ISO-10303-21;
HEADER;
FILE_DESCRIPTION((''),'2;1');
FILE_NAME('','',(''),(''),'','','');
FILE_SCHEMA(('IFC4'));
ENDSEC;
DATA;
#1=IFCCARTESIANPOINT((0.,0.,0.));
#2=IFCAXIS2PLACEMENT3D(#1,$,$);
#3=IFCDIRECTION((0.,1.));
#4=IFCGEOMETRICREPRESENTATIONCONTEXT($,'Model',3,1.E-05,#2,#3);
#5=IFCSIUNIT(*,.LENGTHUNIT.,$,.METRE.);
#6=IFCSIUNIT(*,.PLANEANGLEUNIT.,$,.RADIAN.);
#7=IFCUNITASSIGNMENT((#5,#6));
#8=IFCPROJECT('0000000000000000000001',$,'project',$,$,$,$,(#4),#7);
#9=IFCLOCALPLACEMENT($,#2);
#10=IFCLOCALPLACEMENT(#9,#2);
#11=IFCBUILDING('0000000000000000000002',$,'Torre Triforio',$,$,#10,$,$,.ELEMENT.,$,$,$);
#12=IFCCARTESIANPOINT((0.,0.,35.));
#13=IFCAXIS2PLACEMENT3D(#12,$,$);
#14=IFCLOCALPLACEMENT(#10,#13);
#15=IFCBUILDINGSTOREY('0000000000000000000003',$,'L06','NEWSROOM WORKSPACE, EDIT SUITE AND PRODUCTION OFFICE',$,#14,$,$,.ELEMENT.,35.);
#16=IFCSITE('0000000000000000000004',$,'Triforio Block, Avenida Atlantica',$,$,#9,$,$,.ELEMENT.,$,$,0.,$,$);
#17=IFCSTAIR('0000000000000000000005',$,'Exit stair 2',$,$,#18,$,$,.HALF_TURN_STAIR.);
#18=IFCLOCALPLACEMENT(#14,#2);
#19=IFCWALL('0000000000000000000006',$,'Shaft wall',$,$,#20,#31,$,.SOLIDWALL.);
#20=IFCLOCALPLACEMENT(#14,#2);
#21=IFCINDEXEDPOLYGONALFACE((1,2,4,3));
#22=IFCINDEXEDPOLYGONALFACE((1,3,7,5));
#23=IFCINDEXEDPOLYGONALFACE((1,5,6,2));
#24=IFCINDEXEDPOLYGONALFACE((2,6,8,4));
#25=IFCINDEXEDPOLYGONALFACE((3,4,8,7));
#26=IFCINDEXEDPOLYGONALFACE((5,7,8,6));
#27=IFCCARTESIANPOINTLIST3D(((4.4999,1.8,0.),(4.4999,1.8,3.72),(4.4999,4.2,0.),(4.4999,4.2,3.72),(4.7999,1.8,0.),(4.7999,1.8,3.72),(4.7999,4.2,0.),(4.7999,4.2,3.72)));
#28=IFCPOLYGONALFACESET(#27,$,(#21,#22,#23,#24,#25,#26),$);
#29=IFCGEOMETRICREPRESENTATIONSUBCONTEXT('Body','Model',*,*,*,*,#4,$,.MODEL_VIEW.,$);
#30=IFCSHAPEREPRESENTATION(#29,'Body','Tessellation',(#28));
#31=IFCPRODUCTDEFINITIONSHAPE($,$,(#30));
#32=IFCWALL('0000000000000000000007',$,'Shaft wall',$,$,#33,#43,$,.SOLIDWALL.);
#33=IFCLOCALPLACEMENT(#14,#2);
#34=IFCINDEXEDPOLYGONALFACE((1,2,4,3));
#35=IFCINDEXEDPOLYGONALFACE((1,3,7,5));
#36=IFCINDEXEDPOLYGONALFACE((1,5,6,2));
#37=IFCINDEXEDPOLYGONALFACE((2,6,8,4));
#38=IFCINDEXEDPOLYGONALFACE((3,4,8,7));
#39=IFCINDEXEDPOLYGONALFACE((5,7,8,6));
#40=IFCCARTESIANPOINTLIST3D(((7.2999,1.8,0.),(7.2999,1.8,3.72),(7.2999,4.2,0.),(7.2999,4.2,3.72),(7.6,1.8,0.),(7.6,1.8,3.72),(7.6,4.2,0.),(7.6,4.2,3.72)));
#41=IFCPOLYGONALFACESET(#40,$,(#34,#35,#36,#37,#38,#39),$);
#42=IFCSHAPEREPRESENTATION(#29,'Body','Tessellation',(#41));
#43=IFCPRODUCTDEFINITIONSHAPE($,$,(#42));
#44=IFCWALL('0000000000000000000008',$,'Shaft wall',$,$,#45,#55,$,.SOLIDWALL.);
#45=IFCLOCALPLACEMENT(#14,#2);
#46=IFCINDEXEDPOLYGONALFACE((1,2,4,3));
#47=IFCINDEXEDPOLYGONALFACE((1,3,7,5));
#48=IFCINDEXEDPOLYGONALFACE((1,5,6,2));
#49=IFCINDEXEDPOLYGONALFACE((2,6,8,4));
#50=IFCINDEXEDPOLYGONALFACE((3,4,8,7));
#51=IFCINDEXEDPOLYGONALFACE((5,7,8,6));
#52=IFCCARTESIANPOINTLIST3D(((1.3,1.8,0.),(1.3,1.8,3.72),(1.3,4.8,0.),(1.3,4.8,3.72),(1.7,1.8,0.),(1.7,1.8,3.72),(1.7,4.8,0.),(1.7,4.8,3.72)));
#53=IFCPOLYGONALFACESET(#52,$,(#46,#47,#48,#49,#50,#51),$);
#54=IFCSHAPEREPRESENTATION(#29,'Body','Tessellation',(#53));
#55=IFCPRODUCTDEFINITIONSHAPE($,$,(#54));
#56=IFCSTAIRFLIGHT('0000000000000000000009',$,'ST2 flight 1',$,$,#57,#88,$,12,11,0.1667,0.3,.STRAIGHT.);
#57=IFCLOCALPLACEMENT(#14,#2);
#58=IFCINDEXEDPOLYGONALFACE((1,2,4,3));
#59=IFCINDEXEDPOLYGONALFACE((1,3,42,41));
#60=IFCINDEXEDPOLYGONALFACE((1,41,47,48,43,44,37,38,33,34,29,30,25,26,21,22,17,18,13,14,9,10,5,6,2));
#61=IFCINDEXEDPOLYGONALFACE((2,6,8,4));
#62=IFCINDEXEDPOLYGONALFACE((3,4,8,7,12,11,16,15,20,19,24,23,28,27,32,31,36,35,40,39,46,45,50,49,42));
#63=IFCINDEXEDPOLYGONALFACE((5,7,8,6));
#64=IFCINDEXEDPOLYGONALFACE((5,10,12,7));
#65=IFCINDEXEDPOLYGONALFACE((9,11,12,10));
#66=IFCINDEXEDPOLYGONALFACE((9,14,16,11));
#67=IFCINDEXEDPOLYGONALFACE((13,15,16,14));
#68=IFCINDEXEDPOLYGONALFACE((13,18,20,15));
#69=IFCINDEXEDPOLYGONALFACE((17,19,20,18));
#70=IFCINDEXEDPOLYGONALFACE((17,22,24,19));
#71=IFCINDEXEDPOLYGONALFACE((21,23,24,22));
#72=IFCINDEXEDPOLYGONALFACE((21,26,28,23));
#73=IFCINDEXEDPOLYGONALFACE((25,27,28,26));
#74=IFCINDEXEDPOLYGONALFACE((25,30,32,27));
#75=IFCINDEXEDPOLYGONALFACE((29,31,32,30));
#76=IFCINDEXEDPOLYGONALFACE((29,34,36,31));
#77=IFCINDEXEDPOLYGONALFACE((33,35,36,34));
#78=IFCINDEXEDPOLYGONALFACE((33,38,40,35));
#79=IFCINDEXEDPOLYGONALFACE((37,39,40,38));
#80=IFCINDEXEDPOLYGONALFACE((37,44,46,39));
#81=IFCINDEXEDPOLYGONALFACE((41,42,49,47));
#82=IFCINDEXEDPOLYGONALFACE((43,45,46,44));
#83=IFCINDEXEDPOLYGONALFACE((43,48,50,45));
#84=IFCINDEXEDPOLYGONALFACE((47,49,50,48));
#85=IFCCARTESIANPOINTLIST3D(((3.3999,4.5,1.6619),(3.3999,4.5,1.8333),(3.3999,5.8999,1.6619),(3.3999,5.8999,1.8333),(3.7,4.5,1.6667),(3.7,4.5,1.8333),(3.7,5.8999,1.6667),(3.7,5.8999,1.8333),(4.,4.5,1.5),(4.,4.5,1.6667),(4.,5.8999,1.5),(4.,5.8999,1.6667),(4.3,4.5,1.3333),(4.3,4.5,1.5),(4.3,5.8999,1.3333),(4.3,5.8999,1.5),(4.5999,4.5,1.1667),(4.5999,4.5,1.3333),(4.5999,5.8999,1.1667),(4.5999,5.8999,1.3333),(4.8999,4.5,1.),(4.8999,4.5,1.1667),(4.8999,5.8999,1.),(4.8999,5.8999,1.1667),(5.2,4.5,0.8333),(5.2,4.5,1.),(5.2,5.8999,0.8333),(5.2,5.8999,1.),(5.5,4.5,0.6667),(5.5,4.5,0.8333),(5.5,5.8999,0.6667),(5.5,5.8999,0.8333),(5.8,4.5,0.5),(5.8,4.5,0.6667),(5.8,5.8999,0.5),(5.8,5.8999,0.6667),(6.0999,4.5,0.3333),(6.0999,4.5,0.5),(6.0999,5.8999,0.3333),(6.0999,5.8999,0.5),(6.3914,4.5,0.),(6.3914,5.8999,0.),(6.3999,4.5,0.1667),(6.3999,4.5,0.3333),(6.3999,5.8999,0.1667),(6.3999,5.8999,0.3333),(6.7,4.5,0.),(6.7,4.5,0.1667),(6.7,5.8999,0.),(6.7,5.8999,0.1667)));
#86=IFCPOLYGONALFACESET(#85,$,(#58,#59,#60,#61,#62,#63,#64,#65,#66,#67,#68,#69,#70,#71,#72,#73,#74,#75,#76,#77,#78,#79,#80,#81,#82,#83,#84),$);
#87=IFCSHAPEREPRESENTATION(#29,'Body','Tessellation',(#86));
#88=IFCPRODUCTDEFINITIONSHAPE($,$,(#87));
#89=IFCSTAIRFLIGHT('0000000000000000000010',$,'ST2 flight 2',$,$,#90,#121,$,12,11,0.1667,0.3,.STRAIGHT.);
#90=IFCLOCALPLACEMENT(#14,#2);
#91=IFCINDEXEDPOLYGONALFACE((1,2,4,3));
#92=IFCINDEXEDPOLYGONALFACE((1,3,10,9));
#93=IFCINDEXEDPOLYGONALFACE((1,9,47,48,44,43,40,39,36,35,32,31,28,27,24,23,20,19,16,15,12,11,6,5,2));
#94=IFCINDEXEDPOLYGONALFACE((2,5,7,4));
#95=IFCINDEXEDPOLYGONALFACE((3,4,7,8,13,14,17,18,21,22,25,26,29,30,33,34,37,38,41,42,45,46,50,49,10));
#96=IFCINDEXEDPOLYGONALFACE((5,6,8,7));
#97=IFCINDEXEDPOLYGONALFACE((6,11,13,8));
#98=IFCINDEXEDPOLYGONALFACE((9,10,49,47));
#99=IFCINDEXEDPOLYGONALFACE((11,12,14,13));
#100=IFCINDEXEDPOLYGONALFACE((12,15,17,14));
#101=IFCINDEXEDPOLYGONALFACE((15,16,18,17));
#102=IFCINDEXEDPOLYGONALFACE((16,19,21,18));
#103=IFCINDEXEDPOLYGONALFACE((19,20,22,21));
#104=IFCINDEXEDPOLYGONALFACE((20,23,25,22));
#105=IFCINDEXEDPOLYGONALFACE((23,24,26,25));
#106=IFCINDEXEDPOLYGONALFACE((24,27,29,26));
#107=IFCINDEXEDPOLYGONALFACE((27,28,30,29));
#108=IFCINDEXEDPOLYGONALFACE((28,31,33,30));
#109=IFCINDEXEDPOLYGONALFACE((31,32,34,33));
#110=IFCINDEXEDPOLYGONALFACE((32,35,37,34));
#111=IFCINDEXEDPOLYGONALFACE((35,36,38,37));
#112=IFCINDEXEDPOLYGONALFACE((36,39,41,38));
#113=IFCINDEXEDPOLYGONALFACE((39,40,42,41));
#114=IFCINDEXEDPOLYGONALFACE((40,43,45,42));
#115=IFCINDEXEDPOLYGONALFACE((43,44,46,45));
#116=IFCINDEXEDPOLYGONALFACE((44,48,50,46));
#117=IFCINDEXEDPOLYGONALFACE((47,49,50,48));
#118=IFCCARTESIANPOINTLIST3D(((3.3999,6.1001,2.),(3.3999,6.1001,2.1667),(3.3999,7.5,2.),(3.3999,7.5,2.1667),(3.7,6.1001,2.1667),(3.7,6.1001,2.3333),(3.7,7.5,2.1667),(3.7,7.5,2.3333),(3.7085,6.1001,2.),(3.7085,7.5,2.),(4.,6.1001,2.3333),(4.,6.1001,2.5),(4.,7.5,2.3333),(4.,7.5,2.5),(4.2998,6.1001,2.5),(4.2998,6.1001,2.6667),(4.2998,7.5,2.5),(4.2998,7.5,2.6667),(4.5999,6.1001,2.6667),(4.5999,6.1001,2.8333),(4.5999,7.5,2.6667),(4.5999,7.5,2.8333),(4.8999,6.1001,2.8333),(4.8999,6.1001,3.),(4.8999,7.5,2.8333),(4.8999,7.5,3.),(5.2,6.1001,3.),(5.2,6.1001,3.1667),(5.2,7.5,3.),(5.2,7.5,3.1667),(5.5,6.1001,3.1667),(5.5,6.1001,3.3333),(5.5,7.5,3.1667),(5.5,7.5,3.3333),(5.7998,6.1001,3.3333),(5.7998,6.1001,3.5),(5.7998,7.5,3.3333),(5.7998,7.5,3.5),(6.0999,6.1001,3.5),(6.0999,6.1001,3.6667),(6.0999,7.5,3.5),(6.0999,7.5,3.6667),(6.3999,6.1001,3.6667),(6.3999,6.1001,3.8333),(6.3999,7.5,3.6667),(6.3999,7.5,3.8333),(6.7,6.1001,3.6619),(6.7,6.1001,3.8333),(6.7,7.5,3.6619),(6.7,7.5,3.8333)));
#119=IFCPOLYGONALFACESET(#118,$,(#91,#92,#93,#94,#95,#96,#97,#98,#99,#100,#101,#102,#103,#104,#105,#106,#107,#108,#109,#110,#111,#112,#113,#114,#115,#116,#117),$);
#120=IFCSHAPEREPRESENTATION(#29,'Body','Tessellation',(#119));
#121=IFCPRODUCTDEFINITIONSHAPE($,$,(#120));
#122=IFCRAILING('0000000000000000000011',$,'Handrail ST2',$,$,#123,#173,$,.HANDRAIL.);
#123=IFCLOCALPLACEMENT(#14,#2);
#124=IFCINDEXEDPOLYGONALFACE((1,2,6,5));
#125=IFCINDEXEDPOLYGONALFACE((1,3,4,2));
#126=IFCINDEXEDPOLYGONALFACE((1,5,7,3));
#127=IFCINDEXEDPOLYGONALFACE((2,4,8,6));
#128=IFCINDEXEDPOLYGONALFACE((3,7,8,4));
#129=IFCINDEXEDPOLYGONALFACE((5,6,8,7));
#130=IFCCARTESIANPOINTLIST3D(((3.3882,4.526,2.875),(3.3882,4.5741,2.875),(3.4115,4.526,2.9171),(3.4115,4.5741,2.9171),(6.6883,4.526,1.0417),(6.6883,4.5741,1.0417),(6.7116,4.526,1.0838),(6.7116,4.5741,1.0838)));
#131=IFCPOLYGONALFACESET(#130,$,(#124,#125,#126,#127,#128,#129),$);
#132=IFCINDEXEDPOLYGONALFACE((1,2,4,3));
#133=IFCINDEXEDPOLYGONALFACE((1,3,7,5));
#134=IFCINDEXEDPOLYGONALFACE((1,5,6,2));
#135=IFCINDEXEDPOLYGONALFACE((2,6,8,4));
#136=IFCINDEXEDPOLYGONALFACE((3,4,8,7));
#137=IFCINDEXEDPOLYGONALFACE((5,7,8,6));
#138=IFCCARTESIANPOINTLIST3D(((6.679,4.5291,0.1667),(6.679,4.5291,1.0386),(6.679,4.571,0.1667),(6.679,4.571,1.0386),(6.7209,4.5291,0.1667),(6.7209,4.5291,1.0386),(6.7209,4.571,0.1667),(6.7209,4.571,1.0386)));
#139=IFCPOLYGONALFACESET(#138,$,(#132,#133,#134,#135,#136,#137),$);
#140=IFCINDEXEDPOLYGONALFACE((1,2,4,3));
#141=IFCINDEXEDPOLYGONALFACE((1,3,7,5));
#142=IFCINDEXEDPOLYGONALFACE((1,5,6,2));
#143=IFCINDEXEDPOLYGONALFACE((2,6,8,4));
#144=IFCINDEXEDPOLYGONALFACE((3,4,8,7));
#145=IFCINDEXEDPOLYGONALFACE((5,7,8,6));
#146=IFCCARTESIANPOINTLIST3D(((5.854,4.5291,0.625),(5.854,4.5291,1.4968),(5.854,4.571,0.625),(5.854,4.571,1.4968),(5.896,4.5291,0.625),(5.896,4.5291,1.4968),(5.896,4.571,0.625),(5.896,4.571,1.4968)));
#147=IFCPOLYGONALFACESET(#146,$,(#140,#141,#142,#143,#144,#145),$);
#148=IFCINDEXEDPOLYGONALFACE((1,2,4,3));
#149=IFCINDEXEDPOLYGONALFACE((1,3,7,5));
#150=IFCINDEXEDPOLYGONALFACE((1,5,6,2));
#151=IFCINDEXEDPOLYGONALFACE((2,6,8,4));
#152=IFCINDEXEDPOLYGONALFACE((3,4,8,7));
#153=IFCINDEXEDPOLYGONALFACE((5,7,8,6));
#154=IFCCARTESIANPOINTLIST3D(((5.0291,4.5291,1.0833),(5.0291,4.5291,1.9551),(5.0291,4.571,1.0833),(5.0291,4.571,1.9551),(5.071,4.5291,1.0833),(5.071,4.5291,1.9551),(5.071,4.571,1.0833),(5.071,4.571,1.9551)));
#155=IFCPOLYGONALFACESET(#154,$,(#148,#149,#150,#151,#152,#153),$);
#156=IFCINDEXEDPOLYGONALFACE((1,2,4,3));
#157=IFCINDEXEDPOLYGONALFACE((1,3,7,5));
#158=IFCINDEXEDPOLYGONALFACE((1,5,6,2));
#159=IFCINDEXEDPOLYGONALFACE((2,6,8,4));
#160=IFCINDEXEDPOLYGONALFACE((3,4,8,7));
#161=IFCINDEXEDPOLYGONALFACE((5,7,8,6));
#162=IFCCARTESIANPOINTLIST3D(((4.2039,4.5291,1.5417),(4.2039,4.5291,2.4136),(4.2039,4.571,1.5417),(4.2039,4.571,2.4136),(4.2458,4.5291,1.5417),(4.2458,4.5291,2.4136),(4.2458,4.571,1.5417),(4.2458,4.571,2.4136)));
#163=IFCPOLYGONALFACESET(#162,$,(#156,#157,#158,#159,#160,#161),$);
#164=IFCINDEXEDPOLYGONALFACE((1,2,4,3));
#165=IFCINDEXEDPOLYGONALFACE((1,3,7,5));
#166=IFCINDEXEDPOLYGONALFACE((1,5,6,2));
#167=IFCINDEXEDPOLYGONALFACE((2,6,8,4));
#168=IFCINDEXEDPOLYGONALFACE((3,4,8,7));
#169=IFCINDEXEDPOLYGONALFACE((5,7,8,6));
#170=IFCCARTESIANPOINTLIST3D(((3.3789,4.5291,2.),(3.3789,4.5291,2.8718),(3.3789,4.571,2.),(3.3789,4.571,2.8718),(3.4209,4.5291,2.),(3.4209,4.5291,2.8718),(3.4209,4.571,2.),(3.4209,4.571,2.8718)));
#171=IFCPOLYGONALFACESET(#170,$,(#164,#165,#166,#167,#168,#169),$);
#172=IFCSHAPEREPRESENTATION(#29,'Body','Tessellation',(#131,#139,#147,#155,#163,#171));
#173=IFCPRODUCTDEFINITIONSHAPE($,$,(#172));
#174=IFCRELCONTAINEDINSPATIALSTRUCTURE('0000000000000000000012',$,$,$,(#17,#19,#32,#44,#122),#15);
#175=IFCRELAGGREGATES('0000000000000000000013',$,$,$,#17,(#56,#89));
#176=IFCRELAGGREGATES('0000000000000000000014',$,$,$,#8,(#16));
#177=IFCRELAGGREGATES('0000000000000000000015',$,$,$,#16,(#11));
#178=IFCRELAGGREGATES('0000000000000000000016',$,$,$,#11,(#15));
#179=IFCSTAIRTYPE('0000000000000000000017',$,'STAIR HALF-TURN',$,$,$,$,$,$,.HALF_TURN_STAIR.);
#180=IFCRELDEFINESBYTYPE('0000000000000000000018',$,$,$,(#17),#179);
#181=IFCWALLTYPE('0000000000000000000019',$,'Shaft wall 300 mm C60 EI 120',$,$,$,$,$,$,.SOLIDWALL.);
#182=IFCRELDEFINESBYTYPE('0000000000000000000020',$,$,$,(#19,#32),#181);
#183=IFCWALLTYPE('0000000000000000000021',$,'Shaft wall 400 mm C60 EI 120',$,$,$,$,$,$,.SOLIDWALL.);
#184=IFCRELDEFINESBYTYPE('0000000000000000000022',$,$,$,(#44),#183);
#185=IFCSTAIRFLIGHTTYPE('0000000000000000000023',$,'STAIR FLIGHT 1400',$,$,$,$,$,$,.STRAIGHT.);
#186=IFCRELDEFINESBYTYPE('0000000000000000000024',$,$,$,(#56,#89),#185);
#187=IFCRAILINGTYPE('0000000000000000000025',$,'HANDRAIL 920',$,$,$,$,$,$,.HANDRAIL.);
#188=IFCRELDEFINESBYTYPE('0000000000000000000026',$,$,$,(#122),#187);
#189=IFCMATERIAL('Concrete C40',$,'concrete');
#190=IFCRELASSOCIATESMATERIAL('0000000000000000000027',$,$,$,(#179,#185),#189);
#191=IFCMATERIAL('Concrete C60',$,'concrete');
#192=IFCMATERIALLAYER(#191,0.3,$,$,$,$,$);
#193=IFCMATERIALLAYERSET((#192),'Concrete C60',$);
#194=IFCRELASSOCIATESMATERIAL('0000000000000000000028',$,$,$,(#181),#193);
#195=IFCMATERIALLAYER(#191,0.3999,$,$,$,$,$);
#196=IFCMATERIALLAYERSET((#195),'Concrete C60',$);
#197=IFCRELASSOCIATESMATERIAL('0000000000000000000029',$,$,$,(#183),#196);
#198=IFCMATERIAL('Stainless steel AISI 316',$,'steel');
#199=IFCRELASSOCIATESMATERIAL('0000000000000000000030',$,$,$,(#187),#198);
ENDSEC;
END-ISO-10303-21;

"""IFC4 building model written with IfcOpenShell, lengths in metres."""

from ifc_helpers import new_model, si_unit, direction, frame, frame_2d, origin, origin_2d, place, context, subcontext, project, spatial, polyline, rectangle, outline, extrude, material, layer, layer_set, type_object, element, aggregate, save


model = new_model("IFC4")

# Units and contexts
model_context = context("Model", 3, precision=1e-05, world=origin(), true_north=direction((0.0, 1.0)))
body_context = subcontext(model_context, "Body", "Model", "MODEL_VIEW")
ifc_project = project(units=[si_unit("LENGTHUNIT", "METRE"), si_unit("PLANEANGLEUNIT", "RADIAN")], contexts=[model_context])

# Site, building, storey
site_placement = place(None, origin())
site = spatial("IfcSite", under=ifc_project, at=site_placement, Name="Triforio Block, Avenida Atlantica", CompositionType="ELEMENT", RefElevation=0.0)
building_placement = place(site_placement, origin())
building = spatial("IfcBuilding", under=site, at=building_placement, Name="Torre Triforio", CompositionType="ELEMENT")
storey_placement = place(building_placement, frame((0.0, 0.0, 35.0)))
storey = spatial("IfcBuildingStorey", under=building, at=storey_placement, Name="L06", Description="NEWSROOM WORKSPACE, EDIT SUITE AND PRODUCTION OFFICE", CompositionType="ELEMENT", Elevation=35.0)

# Shared definitions
ifc_material_1 = material(Name="Concrete C60", Category="concrete")

# Stair
ifc_material_2 = material(Name="Concrete C40", Category="concrete")
stair_type = type_object("IfcStairType", Name="STAIR HALF-TURN", PredefinedType="HALF_TURN_STAIR", material=ifc_material_2)
stair_1_placement = place(storey_placement, origin())
stair_1 = element("IfcStair", 1, at=stair_1_placement, inside=storey, type_object=stair_type, Name="Exit stair 2", PredefinedType="HALF_TURN_STAIR")

# Walls
ifc_layer_1 = layer(ifc_material_1, 0.3)
ifc_layer_set_1 = layer_set([ifc_layer_1], Name="Concrete C60")
wall_type_1 = type_object("IfcWallType", Name="Shaft wall 300 mm C60 EI 120", PredefinedType="SOLIDWALL", material=ifc_layer_set_1)
for number, where, z_axis, x_axis, name in (
    (2, (4.6499, 1.8, 0.0), (0.0, 0.0, 1.0), (0.0, 1.0, 0.0), "Shaft wall"),
    (3, (7.45, 1.8, 0.0), (0.0, 0.0, 1.0), (0.0, 1.0, 0.0), "Shaft wall"),
):
    element("IfcWall", number, at=place(storey_placement, frame(where, z_axis=z_axis, x_axis=x_axis)), inside=storey, type_object=wall_type_1, Name=name, PredefinedType="SOLIDWALL", context=body_context, shape_type="SweptSolid", body=[
        extrude(rectangle(XDim=2.3999, YDim=0.3, at=frame_2d((1.2, 0.0))), origin(), (0.0, 0.0, 1.0), 3.72),
    ])
ifc_layer_2 = layer(ifc_material_1, 0.3999)
ifc_layer_set_2 = layer_set([ifc_layer_2], Name="Concrete C60")
wall_type_2 = type_object("IfcWallType", Name="Shaft wall 400 mm C60 EI 120", PredefinedType="SOLIDWALL", material=ifc_layer_set_2)
wall_1_placement = place(storey_placement, frame((1.5, 1.8, 0.0), z_axis=(0.0, 0.0, 1.0), x_axis=(0.0, 1.0, 0.0)))
element("IfcWall", 4, at=wall_1_placement, inside=storey, type_object=wall_type_2, Name="Shaft wall", PredefinedType="SOLIDWALL", context=body_context, shape_type="SweptSolid", body=[
    extrude(rectangle(XDim=3.0, YDim=0.3999, at=frame_2d((1.5, 0.0))), origin(), (0.0, 0.0, 1.0), 3.72),
])

# Stair flights
stair_flight_type = type_object("IfcStairFlightType", Name="STAIR FLIGHT 1400", PredefinedType="STRAIGHT", material=ifc_material_2)
stair_flight_1_placement = place(storey_placement, frame((6.7, 5.2, 0.0), z_axis=(0.0, 0.0, 1.0), x_axis=(-1.0, 0.0, 0.0)))
stair_flight_1 = element("IfcStairFlight", 5, at=stair_flight_1_placement, type_object=stair_flight_type, Name="ST2 flight 1", NumberOfRisers=12, NumberOfTreads=11, PredefinedType="STRAIGHT", RiserHeight=0.1667, TreadLength=0.3, context=body_context, shape_type="SweptSolid", body=[
    extrude(outline(polyline([(0.0, 0.0), (0.0, 0.1667), (0.3, 0.1667), (0.3, 0.3333), (0.6001, 0.3333), (0.6001, 0.5), (0.8999, 0.5), (0.8999, 0.6667), (1.2, 0.6667), (1.2, 0.8333), (1.5, 0.8333), (1.5, 1.0), (1.8, 1.0), (1.8, 1.1667), (2.1001, 1.1667), (2.1001, 1.3333), (2.3999, 1.3333), (2.3999, 1.5), (2.7, 1.5), (2.7, 1.6667), (3.0, 1.6667), (3.0, 1.8333), (3.3, 1.8333), (3.3, 2.0), (3.3, 1.6619), (0.3086, 0.0), (0.0, 0.0)])), frame((0.0, 0.7, 0.0), z_axis=(0.0, -1.0, 0.0), x_axis=(1.0, 0.0, 0.0)), (0.0, 0.0, 1.0), 1.3999),
])
stair_flight_2_placement = place(storey_placement, frame((3.3999, 6.8, 2.0), z_axis=(0.0, 0.0, 1.0), x_axis=(1.0, 0.0, 0.0)))
stair_flight_2 = element("IfcStairFlight", 6, at=stair_flight_2_placement, type_object=stair_flight_type, Name="ST2 flight 2", NumberOfRisers=12, NumberOfTreads=11, PredefinedType="STRAIGHT", RiserHeight=0.1667, TreadLength=0.3, context=body_context, shape_type="SweptSolid", body=[
    extrude(outline(polyline([(0.0, 0.0), (0.0, 0.1667), (0.3, 0.1667), (0.3, 0.3333), (0.6001, 0.3333), (0.6001, 0.5), (0.8999, 0.5), (0.8999, 0.6667), (1.2, 0.6667), (1.2, 0.8333), (1.5, 0.8333), (1.5, 1.0), (1.8, 1.0), (1.8, 1.1667), (2.1001, 1.1667), (2.1001, 1.3333), (2.3999, 1.3333), (2.3999, 1.5), (2.7, 1.5), (2.7, 1.6667), (3.0, 1.6667), (3.0, 1.8333), (3.3, 1.8333), (3.3, 2.0), (3.3, 1.6619), (0.3086, 0.0), (0.0, 0.0)])), frame((0.0, 0.7, 0.0), z_axis=(0.0, -1.0, 0.0), x_axis=(1.0, 0.0, 0.0)), (0.0, 0.0, 1.0), 1.3999),
])
aggregate(stair_1, [stair_flight_1, stair_flight_2])

# Railing
ifc_material_3 = material(Name="Stainless steel AISI 316", Category="steel")
railing_type = type_object("IfcRailingType", Name="HANDRAIL 920", PredefinedType="HANDRAIL", material=ifc_material_3)
for number, where, name in (
    (7, (6.7, 4.55, 0.1667), "Handrail ST2"),
):
    element("IfcRailing", number, at=place(storey_placement, frame(where)), inside=storey, type_object=railing_type, Name=name, PredefinedType="HANDRAIL", context=body_context, shape_type="SweptSolid", body=[
        extrude(rectangle(XDim=0.0481, YDim=0.0481, at=origin_2d()), frame((0.0, 0.0, 0.896), z_axis=(-0.874169, 0.0, 0.485621), x_axis=(0.0, -1.0, 0.0)), (0.0, 0.0, 1.0), 3.7751),
        extrude(rectangle(XDim=0.042, YDim=0.042, at=origin_2d()), origin(), (0.0, 0.0, 1.0), 0.8718),
        extrude(rectangle(XDim=0.042, YDim=0.042, at=origin_2d()), frame((-0.825, 0.0, 0.4583)), (0.0, 0.0, 1.0), 0.8718),
        extrude(rectangle(XDim=0.042, YDim=0.042, at=origin_2d()), frame((-1.6499, 0.0, 0.9165)), (0.0, 0.0, 1.0), 0.8718),
        extrude(rectangle(XDim=0.042, YDim=0.042, at=origin_2d()), frame((-2.4751, 0.0, 1.375)), (0.0, 0.0, 1.0), 0.8718),
        extrude(rectangle(XDim=0.042, YDim=0.042, at=origin_2d()), frame((-3.3, 0.0, 1.8333)), (0.0, 0.0, 1.0), 0.8718),
    ])

save(model, "model.ifc")
